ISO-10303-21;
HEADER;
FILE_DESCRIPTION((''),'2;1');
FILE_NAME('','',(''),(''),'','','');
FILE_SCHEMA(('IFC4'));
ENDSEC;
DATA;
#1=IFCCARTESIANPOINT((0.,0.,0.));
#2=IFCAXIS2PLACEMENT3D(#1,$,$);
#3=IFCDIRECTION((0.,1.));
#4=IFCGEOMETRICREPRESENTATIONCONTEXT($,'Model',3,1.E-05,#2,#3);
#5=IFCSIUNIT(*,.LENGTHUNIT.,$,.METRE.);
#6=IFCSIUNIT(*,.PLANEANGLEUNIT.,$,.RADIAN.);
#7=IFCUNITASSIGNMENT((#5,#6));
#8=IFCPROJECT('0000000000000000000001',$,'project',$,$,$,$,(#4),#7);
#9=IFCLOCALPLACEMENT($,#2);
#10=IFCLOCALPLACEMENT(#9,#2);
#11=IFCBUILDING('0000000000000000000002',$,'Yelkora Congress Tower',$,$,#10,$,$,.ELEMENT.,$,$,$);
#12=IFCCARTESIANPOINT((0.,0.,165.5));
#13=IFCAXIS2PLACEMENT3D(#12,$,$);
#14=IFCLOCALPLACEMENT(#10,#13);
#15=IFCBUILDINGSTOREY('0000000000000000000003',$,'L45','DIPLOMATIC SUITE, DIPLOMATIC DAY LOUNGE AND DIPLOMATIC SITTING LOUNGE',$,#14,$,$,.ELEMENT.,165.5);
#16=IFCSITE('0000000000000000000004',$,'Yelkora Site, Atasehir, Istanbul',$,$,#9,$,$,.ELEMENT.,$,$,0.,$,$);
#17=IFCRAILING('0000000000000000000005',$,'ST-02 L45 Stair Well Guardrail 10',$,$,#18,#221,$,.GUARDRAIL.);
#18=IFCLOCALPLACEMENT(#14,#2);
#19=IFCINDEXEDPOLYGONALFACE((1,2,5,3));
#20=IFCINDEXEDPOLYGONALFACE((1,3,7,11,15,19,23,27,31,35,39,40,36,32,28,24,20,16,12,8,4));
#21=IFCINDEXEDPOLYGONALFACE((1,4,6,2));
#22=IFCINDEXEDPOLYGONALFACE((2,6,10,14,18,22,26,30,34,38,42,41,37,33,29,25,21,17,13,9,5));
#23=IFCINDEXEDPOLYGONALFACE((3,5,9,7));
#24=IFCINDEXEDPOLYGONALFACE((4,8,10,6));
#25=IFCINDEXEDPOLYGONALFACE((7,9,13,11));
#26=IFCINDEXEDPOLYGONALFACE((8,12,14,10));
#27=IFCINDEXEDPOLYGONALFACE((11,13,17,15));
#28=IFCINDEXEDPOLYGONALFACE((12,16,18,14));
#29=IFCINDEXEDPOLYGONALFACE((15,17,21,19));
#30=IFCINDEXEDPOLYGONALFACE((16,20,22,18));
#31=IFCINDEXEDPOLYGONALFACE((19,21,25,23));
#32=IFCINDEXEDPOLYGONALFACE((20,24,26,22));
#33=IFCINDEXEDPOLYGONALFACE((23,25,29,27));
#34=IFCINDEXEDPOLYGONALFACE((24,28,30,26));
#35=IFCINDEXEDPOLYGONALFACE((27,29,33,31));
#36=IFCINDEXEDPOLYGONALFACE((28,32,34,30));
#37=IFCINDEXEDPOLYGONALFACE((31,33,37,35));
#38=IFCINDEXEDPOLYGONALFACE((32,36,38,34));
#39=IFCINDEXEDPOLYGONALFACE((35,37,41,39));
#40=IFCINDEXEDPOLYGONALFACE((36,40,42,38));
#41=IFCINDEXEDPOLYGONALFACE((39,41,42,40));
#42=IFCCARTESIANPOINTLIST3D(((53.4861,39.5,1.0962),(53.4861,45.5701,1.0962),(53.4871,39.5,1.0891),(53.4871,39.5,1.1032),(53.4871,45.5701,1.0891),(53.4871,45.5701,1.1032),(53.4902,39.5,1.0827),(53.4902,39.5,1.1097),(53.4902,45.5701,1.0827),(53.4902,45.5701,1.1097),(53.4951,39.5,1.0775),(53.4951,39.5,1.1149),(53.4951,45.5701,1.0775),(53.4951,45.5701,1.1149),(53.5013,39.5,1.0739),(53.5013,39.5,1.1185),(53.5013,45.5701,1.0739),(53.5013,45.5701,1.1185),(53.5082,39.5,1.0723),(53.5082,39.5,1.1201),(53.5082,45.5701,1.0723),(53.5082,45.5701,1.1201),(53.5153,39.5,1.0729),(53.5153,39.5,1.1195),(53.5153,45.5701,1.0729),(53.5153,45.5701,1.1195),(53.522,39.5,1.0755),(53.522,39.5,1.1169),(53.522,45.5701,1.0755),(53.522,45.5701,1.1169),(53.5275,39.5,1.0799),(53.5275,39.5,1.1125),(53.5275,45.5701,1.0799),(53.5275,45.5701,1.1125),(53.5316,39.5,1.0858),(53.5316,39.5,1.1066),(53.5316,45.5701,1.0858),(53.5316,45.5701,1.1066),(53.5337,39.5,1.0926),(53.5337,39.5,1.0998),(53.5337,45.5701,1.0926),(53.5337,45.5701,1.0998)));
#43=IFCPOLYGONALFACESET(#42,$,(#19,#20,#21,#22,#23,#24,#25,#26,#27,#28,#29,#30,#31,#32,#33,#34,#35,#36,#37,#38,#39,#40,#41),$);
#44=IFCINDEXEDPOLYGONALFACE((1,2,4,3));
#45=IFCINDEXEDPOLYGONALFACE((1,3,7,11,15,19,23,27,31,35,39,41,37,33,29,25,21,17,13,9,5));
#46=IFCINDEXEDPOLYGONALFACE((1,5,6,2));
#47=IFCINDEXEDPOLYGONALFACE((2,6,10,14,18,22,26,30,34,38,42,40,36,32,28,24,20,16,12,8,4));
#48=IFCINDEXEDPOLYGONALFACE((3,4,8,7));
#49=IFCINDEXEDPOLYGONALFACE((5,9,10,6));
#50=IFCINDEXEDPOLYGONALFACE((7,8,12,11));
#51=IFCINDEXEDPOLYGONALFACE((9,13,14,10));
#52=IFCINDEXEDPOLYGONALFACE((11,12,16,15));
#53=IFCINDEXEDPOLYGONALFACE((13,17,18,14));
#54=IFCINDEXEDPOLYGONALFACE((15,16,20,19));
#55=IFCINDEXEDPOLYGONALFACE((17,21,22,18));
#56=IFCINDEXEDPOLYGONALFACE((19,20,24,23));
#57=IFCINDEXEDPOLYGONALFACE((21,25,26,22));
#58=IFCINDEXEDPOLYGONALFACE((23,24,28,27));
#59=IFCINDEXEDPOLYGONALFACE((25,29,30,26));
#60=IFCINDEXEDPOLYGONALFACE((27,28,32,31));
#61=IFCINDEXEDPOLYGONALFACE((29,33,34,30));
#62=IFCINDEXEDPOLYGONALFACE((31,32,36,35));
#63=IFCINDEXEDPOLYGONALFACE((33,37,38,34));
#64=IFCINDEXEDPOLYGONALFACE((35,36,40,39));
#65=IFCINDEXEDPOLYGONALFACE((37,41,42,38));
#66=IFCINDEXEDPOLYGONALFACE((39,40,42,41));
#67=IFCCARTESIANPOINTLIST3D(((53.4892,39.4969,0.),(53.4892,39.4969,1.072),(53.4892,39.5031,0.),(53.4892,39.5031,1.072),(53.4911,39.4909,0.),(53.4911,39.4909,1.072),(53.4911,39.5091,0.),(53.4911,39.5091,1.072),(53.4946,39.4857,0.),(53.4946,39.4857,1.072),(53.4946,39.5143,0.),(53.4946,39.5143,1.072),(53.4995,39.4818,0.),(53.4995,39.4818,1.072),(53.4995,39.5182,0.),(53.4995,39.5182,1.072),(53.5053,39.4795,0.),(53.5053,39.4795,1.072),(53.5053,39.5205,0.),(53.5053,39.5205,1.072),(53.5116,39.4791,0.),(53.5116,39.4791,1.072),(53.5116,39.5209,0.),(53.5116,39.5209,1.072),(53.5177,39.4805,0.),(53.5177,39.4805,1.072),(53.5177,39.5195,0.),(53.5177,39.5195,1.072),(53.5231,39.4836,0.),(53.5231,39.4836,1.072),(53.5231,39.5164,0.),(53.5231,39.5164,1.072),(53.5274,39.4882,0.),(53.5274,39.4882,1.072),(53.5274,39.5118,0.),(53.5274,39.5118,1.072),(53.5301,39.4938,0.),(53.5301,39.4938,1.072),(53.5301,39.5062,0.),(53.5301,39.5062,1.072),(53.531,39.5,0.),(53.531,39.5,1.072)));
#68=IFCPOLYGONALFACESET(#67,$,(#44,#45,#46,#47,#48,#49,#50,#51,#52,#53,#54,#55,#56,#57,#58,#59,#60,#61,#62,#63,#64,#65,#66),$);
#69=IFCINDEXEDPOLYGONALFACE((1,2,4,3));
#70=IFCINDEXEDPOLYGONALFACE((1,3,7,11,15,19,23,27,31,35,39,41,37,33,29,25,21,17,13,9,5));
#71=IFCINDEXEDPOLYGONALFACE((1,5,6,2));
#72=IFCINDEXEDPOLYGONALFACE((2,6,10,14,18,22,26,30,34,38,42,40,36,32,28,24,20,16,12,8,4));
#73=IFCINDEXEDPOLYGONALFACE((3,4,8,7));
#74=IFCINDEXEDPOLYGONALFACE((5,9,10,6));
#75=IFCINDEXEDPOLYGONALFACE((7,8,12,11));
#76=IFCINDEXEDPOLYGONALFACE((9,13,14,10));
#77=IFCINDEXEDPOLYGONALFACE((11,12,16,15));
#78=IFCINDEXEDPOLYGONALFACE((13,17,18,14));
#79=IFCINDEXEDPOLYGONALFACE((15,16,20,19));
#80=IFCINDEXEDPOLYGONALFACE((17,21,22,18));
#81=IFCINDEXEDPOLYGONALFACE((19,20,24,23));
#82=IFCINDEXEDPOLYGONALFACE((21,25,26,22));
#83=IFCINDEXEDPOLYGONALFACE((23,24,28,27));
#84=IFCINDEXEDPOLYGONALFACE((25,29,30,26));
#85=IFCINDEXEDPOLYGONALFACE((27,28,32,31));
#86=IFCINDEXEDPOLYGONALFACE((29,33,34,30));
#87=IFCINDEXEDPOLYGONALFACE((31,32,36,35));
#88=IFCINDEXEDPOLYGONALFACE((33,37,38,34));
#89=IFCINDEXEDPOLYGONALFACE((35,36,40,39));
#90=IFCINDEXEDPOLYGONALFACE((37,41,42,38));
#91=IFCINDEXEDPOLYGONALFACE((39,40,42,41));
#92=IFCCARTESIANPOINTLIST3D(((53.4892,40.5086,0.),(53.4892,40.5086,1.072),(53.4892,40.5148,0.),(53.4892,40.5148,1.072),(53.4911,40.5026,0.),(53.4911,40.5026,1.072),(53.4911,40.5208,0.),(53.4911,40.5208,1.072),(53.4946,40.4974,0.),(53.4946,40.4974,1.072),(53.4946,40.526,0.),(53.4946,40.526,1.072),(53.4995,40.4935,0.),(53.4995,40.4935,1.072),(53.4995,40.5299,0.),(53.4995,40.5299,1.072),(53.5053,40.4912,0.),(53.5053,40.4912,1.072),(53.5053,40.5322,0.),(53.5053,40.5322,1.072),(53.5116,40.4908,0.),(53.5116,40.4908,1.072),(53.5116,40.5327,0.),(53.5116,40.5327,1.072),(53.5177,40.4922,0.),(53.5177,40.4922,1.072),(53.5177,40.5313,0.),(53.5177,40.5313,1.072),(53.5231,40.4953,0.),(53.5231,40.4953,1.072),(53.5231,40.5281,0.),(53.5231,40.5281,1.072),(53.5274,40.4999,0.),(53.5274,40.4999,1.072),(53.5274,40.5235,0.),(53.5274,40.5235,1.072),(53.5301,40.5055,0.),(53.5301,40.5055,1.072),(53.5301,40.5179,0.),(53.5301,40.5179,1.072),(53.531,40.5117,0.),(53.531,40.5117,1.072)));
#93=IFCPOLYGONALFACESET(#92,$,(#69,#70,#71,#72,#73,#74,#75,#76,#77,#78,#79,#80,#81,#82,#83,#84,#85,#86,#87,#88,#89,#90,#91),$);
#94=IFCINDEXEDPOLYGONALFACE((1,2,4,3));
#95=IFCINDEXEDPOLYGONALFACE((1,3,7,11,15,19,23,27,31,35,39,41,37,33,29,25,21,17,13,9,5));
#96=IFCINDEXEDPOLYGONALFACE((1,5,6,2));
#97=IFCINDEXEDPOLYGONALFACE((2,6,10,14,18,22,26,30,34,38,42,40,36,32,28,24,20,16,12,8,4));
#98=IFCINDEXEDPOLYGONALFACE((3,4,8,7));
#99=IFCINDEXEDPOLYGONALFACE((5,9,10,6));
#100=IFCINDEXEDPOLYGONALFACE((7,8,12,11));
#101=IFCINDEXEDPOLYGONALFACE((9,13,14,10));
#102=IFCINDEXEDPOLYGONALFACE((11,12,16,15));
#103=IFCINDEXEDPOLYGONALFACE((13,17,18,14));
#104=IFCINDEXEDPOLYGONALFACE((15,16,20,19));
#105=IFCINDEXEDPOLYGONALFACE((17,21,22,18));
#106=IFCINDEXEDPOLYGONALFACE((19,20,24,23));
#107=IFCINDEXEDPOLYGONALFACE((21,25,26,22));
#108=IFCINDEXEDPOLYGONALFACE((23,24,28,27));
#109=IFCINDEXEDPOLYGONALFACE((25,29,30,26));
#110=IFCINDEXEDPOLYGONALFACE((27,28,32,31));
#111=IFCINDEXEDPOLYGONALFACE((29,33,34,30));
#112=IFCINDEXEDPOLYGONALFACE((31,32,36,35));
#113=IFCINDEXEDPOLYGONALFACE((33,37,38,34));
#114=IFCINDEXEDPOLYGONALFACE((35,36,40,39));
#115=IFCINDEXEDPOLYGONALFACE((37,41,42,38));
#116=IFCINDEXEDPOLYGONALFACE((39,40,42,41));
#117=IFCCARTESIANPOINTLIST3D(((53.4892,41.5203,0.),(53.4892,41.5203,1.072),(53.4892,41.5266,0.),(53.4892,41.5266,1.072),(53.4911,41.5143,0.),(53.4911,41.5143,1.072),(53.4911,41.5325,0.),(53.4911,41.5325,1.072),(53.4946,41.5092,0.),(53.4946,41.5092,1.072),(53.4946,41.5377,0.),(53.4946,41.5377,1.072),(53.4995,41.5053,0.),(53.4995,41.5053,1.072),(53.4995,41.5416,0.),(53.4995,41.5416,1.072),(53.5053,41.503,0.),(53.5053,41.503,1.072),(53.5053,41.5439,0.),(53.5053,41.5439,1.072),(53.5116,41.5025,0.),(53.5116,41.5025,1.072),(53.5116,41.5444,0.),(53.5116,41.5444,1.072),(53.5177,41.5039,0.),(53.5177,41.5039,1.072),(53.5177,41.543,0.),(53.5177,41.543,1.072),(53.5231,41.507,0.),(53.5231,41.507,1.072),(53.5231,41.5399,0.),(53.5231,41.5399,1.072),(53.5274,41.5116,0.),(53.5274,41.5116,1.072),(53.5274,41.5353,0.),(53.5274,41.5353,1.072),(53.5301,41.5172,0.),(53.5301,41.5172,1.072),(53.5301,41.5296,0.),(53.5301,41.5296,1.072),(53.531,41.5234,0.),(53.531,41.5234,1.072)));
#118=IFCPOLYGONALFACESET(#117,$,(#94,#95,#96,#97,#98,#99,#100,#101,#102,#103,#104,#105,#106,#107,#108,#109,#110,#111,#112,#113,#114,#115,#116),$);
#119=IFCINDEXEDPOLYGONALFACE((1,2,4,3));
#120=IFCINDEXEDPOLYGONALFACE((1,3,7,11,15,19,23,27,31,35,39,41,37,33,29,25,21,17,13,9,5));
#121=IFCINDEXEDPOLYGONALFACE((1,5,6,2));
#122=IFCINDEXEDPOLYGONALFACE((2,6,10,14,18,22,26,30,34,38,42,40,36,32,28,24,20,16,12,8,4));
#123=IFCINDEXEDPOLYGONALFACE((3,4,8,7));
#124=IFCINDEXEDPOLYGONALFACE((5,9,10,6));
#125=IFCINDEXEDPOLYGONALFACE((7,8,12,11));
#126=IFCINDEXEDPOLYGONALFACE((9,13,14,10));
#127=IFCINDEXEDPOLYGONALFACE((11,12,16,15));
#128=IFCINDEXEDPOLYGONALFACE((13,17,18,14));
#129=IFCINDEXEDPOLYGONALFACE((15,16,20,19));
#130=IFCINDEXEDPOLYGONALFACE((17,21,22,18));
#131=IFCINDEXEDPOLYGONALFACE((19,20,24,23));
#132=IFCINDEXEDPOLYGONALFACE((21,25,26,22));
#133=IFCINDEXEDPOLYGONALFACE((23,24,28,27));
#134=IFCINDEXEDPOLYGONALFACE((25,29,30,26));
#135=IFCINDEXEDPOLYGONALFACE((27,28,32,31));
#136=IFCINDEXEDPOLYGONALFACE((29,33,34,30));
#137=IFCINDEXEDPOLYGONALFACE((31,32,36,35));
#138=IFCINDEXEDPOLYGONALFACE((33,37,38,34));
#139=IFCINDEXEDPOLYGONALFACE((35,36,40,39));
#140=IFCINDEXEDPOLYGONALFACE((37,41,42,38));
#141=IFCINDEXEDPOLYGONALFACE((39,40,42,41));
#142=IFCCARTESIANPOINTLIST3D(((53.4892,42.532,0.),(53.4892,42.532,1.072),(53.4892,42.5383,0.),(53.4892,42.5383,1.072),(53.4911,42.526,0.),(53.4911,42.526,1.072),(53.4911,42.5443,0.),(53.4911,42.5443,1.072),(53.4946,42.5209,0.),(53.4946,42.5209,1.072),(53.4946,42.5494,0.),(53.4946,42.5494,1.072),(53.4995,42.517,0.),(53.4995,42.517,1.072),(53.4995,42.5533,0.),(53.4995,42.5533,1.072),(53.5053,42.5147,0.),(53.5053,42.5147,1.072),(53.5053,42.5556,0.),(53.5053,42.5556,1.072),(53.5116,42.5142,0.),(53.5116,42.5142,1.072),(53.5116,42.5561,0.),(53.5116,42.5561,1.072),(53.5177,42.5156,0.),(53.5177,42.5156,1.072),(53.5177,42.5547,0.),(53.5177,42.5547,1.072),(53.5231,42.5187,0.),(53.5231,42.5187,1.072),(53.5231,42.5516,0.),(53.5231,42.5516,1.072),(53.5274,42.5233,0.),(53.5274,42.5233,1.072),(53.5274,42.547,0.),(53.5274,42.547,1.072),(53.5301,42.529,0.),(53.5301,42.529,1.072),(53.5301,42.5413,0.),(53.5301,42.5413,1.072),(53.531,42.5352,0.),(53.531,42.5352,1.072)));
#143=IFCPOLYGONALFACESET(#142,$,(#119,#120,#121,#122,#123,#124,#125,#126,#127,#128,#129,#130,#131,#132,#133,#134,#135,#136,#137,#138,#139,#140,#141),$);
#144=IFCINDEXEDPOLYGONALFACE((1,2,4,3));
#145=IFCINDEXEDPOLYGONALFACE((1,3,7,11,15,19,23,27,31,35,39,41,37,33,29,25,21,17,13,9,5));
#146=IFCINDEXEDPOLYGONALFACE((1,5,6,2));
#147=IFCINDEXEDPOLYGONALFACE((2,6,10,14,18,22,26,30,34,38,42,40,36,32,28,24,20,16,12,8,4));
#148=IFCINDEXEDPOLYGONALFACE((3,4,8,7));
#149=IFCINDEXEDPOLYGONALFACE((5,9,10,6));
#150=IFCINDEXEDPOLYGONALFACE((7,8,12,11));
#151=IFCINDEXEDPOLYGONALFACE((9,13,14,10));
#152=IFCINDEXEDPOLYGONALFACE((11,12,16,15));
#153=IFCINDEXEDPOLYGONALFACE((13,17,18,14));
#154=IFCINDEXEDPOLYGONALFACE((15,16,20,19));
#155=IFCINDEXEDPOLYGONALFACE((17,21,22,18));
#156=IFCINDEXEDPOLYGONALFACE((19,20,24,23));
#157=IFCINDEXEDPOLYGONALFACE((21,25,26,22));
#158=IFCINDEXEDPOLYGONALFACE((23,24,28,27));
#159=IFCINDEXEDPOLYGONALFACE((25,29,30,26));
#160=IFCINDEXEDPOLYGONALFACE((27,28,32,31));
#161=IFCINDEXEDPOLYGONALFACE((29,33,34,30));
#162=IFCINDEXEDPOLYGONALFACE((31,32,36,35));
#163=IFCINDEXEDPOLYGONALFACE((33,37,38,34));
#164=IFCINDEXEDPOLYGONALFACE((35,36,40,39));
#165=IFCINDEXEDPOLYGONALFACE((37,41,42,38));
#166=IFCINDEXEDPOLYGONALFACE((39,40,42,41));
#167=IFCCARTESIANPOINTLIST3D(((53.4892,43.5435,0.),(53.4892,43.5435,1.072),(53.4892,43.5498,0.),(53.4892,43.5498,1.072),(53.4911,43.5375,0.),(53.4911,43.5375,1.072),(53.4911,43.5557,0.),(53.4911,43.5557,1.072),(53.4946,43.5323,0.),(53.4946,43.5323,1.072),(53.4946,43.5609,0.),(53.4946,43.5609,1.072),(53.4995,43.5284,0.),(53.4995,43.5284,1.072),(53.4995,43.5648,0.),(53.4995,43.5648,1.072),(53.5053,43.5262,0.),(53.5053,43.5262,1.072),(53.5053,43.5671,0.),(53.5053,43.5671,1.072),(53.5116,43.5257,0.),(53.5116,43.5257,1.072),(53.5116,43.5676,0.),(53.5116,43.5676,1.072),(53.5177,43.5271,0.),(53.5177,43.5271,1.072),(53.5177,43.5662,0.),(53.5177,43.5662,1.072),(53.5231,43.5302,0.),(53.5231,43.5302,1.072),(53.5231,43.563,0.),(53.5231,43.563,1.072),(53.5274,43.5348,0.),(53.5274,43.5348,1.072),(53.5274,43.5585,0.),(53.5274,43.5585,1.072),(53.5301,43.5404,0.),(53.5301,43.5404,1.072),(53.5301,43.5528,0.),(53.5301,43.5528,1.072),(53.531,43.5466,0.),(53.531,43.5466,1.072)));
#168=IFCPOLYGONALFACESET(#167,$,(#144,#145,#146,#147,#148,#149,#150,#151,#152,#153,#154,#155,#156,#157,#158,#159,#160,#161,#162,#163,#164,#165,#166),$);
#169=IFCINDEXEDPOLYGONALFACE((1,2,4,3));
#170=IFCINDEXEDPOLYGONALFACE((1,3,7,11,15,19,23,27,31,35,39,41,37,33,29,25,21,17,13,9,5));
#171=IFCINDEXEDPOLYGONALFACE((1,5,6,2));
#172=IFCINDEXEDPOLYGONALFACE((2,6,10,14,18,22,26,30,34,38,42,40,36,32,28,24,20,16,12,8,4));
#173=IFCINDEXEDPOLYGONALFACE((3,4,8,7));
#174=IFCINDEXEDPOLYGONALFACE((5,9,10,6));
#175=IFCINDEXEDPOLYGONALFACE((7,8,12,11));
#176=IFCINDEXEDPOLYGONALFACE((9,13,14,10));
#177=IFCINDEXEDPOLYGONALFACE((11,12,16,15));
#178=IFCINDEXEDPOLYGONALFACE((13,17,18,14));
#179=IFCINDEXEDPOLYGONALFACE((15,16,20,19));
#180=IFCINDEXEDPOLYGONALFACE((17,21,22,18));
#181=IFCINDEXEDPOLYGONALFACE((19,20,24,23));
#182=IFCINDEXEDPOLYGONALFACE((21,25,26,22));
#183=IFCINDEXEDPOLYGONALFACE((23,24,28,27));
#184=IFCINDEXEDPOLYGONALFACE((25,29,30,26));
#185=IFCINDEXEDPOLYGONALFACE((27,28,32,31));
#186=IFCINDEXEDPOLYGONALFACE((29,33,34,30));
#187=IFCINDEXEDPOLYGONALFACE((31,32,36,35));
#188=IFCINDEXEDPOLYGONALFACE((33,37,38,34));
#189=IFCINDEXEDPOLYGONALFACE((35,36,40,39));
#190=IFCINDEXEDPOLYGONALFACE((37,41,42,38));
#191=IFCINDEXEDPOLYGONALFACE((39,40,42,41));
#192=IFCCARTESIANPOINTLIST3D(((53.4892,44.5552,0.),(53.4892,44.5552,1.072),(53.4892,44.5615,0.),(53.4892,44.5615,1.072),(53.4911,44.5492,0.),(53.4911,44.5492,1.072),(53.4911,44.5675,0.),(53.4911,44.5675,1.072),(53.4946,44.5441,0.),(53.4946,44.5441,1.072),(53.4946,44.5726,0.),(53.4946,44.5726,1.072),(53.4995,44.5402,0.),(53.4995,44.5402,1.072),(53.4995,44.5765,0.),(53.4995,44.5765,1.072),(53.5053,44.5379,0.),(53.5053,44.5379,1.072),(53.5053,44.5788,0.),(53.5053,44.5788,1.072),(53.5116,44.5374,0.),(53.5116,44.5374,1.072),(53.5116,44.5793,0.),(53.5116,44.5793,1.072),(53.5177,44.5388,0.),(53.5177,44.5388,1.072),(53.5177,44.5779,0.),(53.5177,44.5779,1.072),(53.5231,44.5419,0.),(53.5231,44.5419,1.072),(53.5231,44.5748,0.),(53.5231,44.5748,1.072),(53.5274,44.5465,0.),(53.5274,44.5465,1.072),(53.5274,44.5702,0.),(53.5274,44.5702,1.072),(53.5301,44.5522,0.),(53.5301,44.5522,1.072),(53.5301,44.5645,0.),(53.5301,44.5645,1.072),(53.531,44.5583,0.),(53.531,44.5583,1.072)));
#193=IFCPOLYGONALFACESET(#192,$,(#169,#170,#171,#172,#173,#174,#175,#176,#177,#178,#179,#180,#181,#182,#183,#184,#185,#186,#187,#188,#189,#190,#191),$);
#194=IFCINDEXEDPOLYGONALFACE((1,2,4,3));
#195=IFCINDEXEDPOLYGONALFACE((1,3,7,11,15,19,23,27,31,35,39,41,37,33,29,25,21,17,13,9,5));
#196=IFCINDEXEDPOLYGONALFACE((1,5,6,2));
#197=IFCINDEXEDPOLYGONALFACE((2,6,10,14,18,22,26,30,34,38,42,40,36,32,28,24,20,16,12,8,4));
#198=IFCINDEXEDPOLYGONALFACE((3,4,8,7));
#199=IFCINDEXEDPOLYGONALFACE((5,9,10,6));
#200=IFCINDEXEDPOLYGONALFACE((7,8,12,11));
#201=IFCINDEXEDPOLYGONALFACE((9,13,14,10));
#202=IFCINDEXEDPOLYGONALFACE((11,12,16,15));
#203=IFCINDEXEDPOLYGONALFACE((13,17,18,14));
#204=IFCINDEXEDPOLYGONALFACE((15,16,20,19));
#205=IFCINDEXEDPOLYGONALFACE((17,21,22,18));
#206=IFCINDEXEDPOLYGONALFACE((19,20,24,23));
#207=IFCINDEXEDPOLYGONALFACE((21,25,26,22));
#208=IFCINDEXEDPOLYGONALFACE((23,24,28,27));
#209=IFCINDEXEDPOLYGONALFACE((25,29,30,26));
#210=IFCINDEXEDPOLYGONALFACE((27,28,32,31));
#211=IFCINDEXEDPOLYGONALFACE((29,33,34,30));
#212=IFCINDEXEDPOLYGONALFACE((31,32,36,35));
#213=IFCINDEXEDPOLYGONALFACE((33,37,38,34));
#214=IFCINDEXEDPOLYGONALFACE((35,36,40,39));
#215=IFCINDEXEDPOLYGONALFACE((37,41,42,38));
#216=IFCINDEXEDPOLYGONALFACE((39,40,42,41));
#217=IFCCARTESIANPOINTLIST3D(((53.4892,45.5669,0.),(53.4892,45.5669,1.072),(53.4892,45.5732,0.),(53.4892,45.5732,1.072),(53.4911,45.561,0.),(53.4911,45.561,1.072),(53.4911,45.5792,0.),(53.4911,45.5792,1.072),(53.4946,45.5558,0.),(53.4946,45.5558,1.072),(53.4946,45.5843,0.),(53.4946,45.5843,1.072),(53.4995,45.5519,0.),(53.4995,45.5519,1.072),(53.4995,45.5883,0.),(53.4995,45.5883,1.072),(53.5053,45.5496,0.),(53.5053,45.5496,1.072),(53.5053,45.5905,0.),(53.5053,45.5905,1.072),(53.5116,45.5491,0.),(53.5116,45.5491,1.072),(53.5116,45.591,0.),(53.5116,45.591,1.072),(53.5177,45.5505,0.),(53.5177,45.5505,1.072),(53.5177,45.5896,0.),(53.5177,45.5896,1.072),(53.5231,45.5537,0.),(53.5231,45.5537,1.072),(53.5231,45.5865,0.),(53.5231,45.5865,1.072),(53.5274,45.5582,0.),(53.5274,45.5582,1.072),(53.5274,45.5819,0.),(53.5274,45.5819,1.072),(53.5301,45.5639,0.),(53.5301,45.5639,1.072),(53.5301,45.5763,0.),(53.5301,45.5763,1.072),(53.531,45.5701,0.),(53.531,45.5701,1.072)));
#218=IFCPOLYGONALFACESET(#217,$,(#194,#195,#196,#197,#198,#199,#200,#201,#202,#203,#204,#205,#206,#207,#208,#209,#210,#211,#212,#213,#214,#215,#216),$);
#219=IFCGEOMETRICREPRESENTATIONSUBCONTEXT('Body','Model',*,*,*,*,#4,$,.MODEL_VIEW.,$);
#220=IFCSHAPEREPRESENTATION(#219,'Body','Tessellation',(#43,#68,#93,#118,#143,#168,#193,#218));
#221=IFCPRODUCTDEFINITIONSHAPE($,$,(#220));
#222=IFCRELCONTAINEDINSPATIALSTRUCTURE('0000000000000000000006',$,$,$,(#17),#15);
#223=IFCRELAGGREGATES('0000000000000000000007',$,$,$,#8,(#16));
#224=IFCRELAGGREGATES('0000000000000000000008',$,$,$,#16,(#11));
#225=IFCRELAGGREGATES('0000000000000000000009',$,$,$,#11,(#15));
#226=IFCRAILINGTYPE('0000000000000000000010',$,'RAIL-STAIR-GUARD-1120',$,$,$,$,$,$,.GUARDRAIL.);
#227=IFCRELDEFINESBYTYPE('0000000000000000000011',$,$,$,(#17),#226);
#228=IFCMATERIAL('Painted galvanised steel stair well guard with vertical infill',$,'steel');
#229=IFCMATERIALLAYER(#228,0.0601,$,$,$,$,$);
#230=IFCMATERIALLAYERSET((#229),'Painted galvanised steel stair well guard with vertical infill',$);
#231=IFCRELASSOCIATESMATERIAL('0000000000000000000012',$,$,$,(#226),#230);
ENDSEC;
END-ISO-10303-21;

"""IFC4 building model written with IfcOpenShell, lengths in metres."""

from ifc_helpers import new_model, si_unit, direction, frame, origin, origin_2d, place, context, subcontext, project, spatial, circle, extrude, material, layer, layer_set, type_object, element, save


model = new_model("IFC4")

# Units and contexts
model_context = context("Model", 3, precision=1e-05, world=origin(), true_north=direction((0.0, 1.0)))
body_context = subcontext(model_context, "Body", "Model", "MODEL_VIEW")
ifc_project = project(units=[si_unit("LENGTHUNIT", "METRE"), si_unit("PLANEANGLEUNIT", "RADIAN")], contexts=[model_context])

# Site, building, storey
site_placement = place(None, origin())
site = spatial("IfcSite", under=ifc_project, at=site_placement, Name="Yelkora Site, Atasehir, Istanbul", CompositionType="ELEMENT", RefElevation=0.0)
building_placement = place(site_placement, origin())
building = spatial("IfcBuilding", under=site, at=building_placement, Name="Yelkora Congress Tower", CompositionType="ELEMENT")
storey_placement = place(building_placement, frame((0.0, 0.0, 165.5)))
storey = spatial("IfcBuildingStorey", under=building, at=storey_placement, Name="L45", Description="DIPLOMATIC SUITE, DIPLOMATIC DAY LOUNGE AND DIPLOMATIC SITTING LOUNGE", CompositionType="ELEMENT", Elevation=165.5)

# Railing
ifc_material_1 = material(Name="Painted galvanised steel stair well guard with vertical infill", Category="steel")
ifc_layer_1 = layer(ifc_material_1, 0.0601)
ifc_layer_set_1 = layer_set([ifc_layer_1], Name="Painted galvanised steel stair well guard with vertical infill")
railing_type_1 = type_object("IfcRailingType", Name="RAIL-STAIR-GUARD-1120", PredefinedType="GUARDRAIL", material=ifc_layer_set_1)
railing_1_placement = place(storey_placement, frame((53.51, 39.5, 0.0)))
element("IfcRailing", 1, at=railing_1_placement, inside=storey, type_object=railing_type_1, Name="ST-02 L45 Stair Well Guardrail 10", PredefinedType="GUARDRAIL", context=body_context, shape_type="SweptSolid", body=[
    extrude(circle(Radius=0.0239, at=origin_2d()), frame((0.0, 0.0, 1.0962), z_axis=(0.0, 1.0, 0.0), x_axis=(-1.0, 0.0, 0.0)), (0.0, 0.0, 1.0), 6.0701),
    extrude(circle(Radius=0.021, at=origin_2d()), origin(), (0.0, 0.0, 1.0), 1.072),
    extrude(circle(Radius=0.021, at=origin_2d()), frame((0.0, 1.0117, 0.0)), (0.0, 0.0, 1.0), 1.072),
    extrude(circle(Radius=0.021, at=origin_2d()), frame((0.0, 2.0234, 0.0)), (0.0, 0.0, 1.0), 1.072),
    extrude(circle(Radius=0.021, at=origin_2d()), frame((0.0, 3.0352, 0.0)), (0.0, 0.0, 1.0), 1.072),
    extrude(circle(Radius=0.021, at=origin_2d()), frame((0.0, 4.0466, 0.0)), (0.0, 0.0, 1.0), 1.072),
    extrude(circle(Radius=0.021, at=origin_2d()), frame((0.0, 5.0583, 0.0)), (0.0, 0.0, 1.0), 1.072),
    extrude(circle(Radius=0.021, at=origin_2d()), frame((0.0, 6.0701, 0.0)), (0.0, 0.0, 1.0), 1.072),
])

save(model, "model.ifc")
